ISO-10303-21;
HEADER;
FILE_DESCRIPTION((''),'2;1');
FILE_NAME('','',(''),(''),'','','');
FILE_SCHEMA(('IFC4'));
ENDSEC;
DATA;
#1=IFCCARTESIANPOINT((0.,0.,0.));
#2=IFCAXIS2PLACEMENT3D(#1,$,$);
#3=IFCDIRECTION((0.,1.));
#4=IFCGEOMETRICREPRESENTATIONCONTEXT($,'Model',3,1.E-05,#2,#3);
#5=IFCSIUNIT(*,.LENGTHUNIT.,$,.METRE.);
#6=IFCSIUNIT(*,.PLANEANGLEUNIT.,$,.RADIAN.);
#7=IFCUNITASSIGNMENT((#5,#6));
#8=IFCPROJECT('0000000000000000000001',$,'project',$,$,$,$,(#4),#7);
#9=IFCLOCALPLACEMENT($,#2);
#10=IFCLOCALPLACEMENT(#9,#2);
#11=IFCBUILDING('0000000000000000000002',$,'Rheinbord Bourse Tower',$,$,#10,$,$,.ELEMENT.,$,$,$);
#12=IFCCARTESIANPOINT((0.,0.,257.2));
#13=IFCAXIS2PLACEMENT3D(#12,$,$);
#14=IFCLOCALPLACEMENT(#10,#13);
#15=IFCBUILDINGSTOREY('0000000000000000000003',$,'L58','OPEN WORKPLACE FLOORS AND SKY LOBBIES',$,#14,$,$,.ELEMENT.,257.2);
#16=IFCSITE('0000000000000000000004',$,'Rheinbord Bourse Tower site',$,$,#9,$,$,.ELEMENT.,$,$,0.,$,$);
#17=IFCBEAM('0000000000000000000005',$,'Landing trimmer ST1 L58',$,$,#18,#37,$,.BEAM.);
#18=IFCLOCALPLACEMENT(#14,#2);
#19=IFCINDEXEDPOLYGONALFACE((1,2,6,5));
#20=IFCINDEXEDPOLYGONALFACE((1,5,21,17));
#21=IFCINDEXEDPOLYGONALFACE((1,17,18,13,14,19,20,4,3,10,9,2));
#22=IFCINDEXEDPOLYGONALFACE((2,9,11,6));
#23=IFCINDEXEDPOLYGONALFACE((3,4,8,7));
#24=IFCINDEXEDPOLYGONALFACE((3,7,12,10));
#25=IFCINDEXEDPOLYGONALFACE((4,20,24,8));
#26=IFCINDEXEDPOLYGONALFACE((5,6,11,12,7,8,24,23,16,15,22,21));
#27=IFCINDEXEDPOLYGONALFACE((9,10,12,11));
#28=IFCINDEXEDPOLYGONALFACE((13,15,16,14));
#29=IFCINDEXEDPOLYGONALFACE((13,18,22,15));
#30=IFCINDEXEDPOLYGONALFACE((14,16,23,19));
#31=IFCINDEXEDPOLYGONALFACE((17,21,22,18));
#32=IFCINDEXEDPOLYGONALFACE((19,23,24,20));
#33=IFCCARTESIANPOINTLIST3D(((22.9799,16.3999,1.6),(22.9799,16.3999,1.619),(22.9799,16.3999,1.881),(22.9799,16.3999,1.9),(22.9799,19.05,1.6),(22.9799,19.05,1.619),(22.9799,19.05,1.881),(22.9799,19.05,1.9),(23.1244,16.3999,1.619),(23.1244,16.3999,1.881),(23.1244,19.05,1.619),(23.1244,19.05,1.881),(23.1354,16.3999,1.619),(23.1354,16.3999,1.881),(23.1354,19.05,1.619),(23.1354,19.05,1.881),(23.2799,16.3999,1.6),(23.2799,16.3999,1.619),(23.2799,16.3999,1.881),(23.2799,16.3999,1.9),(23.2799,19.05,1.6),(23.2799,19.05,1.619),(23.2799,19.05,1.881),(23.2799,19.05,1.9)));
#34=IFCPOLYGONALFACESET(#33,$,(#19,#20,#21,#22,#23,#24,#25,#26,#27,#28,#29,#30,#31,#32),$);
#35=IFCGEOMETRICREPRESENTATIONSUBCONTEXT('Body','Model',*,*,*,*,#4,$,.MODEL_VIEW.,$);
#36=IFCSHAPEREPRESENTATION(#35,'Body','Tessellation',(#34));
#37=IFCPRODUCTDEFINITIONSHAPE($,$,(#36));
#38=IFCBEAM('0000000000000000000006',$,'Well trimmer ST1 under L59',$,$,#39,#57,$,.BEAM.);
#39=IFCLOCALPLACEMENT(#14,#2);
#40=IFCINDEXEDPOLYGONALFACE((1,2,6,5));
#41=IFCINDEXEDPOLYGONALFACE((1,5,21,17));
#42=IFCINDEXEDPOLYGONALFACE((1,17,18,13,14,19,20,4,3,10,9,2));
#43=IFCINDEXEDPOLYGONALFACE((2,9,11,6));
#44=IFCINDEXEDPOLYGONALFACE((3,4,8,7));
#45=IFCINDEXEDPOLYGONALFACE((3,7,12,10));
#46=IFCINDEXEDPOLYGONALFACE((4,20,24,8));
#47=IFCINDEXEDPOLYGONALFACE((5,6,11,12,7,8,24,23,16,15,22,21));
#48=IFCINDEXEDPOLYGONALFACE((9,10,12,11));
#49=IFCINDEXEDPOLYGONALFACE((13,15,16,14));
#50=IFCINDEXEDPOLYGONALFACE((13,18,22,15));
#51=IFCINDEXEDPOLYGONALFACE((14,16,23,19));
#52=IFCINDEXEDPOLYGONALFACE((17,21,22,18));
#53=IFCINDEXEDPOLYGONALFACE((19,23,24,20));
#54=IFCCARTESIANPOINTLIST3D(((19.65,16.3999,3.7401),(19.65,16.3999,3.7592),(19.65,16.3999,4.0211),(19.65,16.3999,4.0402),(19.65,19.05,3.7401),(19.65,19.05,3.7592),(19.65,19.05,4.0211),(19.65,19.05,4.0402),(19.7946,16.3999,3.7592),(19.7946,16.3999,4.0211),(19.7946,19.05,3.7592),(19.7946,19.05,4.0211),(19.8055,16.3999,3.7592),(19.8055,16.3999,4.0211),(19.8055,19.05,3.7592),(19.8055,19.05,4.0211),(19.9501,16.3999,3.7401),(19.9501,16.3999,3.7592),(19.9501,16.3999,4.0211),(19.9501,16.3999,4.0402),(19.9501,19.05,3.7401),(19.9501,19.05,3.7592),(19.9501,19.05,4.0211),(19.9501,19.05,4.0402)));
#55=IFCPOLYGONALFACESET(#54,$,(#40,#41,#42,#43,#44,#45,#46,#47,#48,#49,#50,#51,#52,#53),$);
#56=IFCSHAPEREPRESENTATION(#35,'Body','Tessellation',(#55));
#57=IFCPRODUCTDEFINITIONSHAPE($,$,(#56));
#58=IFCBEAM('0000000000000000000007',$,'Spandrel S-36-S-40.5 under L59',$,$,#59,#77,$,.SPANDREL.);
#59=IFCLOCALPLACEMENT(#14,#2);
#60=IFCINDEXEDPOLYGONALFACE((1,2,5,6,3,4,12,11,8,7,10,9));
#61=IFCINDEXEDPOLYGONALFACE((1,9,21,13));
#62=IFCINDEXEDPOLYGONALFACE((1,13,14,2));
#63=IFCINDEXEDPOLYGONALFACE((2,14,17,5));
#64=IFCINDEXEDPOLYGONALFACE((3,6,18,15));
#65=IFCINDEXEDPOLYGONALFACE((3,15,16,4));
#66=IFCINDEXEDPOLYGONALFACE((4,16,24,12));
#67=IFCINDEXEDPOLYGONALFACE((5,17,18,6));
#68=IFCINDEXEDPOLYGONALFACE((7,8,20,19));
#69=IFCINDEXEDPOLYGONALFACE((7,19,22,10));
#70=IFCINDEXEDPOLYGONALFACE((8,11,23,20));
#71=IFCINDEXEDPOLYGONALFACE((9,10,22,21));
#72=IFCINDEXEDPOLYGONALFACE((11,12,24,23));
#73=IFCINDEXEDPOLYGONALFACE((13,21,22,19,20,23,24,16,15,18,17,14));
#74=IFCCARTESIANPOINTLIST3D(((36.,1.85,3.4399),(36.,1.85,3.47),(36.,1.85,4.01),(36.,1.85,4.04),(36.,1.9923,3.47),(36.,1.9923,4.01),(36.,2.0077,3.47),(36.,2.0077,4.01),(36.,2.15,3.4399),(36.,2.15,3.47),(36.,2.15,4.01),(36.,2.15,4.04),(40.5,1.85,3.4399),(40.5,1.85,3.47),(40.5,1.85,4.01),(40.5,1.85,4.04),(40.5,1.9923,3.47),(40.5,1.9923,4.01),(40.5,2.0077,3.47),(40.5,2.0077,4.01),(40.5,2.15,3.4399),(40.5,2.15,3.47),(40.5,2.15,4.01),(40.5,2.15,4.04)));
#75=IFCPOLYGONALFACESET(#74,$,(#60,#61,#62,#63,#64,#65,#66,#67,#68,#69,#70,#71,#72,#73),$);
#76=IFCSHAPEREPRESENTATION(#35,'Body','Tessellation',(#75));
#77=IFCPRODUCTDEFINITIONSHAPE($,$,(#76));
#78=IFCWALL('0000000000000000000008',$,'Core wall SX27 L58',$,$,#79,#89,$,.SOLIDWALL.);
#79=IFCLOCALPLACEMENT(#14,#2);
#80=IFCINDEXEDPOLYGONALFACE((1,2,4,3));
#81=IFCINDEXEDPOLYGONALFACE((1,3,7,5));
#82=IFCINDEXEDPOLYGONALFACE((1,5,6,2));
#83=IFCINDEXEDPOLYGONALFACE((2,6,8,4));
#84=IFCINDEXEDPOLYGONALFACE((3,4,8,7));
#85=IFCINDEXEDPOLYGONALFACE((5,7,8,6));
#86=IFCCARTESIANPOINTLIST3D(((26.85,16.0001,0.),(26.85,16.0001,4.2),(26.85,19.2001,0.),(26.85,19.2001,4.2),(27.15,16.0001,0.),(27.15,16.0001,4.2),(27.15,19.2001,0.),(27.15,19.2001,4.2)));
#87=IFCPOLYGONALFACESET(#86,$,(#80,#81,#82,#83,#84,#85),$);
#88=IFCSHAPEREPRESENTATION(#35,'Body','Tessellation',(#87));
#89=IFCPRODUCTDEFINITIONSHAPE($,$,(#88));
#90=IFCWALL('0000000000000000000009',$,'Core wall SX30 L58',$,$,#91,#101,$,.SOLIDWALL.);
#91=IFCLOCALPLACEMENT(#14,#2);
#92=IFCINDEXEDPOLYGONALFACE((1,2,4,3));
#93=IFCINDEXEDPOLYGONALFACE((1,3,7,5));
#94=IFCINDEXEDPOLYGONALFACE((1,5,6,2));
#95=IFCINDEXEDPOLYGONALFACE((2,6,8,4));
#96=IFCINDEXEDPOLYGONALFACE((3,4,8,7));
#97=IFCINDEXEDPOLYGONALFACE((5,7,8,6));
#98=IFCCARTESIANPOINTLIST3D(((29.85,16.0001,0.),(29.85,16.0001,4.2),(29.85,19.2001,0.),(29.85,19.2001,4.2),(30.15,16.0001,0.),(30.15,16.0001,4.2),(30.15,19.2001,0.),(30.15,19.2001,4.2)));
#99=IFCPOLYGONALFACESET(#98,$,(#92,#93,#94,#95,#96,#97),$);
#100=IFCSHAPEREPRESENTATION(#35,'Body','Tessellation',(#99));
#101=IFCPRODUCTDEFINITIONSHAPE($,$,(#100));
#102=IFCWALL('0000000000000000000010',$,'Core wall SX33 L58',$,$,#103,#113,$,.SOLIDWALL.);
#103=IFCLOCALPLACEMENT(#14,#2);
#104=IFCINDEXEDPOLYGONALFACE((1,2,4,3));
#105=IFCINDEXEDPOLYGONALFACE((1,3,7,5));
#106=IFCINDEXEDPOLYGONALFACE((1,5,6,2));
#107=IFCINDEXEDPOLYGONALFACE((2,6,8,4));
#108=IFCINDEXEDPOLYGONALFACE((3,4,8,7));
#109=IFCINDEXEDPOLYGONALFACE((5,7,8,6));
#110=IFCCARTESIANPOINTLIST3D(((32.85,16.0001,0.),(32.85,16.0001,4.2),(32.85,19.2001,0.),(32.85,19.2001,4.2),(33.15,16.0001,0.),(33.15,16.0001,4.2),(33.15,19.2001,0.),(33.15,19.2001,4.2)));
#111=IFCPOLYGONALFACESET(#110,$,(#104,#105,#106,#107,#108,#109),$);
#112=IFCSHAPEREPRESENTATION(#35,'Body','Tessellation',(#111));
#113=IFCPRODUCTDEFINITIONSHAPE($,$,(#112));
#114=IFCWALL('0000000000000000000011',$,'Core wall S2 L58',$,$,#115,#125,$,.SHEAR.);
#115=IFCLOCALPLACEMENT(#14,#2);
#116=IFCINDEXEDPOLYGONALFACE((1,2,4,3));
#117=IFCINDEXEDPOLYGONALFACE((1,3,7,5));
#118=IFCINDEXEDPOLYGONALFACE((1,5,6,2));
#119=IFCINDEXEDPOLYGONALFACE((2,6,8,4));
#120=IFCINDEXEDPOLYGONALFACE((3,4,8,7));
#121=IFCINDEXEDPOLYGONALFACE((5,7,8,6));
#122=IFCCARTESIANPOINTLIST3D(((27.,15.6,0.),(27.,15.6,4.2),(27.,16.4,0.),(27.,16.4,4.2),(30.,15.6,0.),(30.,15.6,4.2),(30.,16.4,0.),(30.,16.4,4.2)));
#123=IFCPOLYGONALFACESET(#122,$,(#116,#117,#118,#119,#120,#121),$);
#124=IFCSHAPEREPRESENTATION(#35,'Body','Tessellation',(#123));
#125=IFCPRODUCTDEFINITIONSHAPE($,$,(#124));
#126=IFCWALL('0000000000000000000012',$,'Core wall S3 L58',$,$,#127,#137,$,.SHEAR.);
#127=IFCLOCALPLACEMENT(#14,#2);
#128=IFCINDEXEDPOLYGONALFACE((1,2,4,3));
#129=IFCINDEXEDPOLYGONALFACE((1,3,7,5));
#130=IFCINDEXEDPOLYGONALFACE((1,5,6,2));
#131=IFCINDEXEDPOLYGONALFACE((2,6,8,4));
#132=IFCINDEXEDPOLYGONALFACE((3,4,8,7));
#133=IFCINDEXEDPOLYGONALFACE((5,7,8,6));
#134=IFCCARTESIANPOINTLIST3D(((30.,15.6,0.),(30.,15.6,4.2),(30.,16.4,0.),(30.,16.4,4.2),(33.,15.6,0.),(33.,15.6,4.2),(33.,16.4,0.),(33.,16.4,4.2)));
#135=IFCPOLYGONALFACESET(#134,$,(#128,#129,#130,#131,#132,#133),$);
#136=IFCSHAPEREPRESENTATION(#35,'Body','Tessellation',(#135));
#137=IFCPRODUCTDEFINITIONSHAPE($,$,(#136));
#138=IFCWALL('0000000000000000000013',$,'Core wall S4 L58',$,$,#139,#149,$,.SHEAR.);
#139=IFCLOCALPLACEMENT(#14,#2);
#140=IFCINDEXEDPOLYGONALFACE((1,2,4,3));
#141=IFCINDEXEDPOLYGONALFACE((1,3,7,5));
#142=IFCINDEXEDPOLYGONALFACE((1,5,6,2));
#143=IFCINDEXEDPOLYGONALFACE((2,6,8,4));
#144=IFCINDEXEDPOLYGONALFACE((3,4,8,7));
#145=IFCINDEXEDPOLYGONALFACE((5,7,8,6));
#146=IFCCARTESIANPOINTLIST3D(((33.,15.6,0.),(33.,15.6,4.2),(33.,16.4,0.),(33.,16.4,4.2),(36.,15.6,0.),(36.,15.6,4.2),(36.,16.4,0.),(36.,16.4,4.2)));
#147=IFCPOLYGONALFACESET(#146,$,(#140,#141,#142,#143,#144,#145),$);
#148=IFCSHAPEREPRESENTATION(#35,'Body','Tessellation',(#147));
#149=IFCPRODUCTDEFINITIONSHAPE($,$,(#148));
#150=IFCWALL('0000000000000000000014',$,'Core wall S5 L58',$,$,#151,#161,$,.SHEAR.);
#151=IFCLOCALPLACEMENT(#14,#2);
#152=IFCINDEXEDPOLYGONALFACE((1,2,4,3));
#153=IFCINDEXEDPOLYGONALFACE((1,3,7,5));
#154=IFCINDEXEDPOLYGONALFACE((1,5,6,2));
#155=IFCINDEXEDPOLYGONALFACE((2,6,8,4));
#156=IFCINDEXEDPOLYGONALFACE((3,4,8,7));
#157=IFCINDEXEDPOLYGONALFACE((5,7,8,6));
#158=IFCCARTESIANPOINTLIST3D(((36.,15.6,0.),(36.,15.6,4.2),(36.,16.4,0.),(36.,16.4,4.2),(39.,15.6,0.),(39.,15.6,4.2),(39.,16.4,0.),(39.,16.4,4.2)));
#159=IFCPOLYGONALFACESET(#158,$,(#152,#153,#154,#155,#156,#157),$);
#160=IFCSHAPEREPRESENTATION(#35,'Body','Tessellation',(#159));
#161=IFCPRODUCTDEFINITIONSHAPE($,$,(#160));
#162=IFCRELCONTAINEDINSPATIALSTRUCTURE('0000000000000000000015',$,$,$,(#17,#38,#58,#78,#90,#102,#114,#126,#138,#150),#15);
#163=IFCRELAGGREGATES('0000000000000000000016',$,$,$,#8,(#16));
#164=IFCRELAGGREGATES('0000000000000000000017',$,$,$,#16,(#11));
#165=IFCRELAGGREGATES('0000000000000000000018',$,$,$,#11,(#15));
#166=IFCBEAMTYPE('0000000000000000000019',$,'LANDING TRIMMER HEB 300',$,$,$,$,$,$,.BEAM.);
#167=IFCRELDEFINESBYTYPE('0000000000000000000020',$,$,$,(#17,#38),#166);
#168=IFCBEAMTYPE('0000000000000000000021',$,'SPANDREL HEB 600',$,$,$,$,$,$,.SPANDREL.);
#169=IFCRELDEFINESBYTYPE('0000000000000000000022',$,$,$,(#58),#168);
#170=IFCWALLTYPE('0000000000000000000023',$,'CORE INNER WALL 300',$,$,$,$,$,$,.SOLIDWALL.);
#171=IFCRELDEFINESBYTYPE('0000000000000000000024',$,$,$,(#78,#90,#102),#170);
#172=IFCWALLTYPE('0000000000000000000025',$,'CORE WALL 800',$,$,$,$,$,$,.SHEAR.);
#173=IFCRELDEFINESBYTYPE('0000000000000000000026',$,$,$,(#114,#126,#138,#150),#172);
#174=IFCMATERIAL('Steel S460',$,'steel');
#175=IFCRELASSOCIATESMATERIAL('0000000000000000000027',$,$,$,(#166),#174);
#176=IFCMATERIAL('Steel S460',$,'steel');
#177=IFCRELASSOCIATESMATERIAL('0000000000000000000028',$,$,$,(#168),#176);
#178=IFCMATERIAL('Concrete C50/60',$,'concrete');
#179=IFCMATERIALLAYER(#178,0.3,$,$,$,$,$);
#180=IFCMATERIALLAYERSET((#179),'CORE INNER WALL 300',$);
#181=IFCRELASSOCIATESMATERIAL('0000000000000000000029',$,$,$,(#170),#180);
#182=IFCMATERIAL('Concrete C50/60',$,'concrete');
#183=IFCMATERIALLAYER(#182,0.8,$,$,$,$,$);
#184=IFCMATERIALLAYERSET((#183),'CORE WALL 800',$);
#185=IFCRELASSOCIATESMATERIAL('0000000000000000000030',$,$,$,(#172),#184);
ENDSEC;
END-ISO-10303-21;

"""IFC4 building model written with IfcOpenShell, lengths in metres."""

from ifc_helpers import new_model, si_unit, direction, frame, frame_2d, origin, origin_2d, place, context, subcontext, project, spatial, rectangle, i_section, extrude, material, layer, layer_set, material_profile, profile_set, type_object, element, save


model = new_model("IFC4")

# Units and contexts
model_context = context("Model", 3, precision=1e-05, world=origin(), true_north=direction((0.0, 1.0)))
body_context = subcontext(model_context, "Body", "Model", "MODEL_VIEW")
ifc_project = project(units=[si_unit("LENGTHUNIT", "METRE"), si_unit("PLANEANGLEUNIT", "RADIAN")], contexts=[model_context])

# Site, building, storey
site_placement = place(None, origin())
site = spatial("IfcSite", under=ifc_project, at=site_placement, Name="Rheinbord Bourse Tower site", CompositionType="ELEMENT", RefElevation=0.0)
building_placement = place(site_placement, origin())
building = spatial("IfcBuilding", under=site, at=building_placement, Name="Rheinbord Bourse Tower", CompositionType="ELEMENT")
storey_placement = place(building_placement, frame((0.0, 0.0, 257.2)))
storey = spatial("IfcBuildingStorey", under=building, at=storey_placement, Name="L58", Description="OPEN WORKPLACE FLOORS AND SKY LOBBIES", CompositionType="ELEMENT", Elevation=257.2)

# Beams
ifc_material_1 = material(Name="Steel S460", Category="steel")
ifc_material_profile_1 = material_profile(ifc_material_1, i_section(OverallWidth=0.3, OverallDepth=0.3, WebThickness=0.011, FlangeThickness=0.019, at=origin_2d()), Name="HEB 300")
ifc_profile_set_1 = profile_set([ifc_material_profile_1], Name="Steel S460")
beam_type_1 = type_object("IfcBeamType", Name="LANDING TRIMMER HEB 300", PredefinedType="BEAM", material=ifc_profile_set_1)
for number, where, z_axis, x_axis, name in (
    (1, (23.1299, 16.3999, 1.75), (0.0, 1.0, 0.0), (-1.0, 0.0, 0.0), "Landing trimmer ST1 L58"),
    (2, (19.8, 16.3999, 3.8901), (0.0, 1.0, 0.0), (-1.0, 0.0, 0.0), "Well trimmer ST1 under L59"),
):
    element("IfcBeam", number, at=place(storey_placement, frame(where, z_axis=z_axis, x_axis=x_axis)), inside=storey, type_object=beam_type_1, Name=name, PredefinedType="BEAM", context=body_context, shape_type="SweptSolid", body=[
        extrude(i_section(OverallWidth=0.3, OverallDepth=0.3, WebThickness=0.011, FlangeThickness=0.019, at=origin_2d()), origin(), (0.0, 0.0, 1.0), 2.6501),
    ])
ifc_material_2 = material(Name="Steel S460", Category="steel")
ifc_material_profile_2 = material_profile(ifc_material_2, i_section(OverallWidth=0.3, OverallDepth=0.6001, WebThickness=0.0154, FlangeThickness=0.03, at=origin_2d()), Name="HEB 600")
ifc_profile_set_2 = profile_set([ifc_material_profile_2], Name="Steel S460")
beam_type_2 = type_object("IfcBeamType", Name="SPANDREL HEB 600", PredefinedType="SPANDREL", material=ifc_profile_set_2)
beam_placement = place(storey_placement, frame((36.0, 2.0, 3.74), z_axis=(1.0, 0.0, 0.0), x_axis=(0.0, 1.0, 0.0)))
element("IfcBeam", 3, at=beam_placement, inside=storey, type_object=beam_type_2, Name="Spandrel S-36-S-40.5 under L59", PredefinedType="SPANDREL", context=body_context, shape_type="SweptSolid", body=[
    extrude(i_section(OverallWidth=0.3, OverallDepth=0.6001, WebThickness=0.0154, FlangeThickness=0.03, at=origin_2d()), origin(), (0.0, 0.0, 1.0), 4.5),
])

# Walls
ifc_material_3 = material(Name="Concrete C50/60", Category="concrete")
ifc_layer_1 = layer(ifc_material_3, 0.3)
ifc_layer_set_1 = layer_set([ifc_layer_1], Name="CORE INNER WALL 300")
wall_type_1 = type_object("IfcWallType", Name="CORE INNER WALL 300", PredefinedType="SOLIDWALL", material=ifc_layer_set_1)
for number, where, z_axis, x_axis, name in (
    (4, (27.0, 16.0, 0.0), (0.0, 0.0, 1.0), (0.0, 1.0, 0.0), "Core wall SX27 L58"),
    (5, (30.0, 16.0, 0.0), (0.0, 0.0, 1.0), (0.0, 1.0, 0.0), "Core wall SX30 L58"),
    (6, (33.0, 16.0, 0.0), (0.0, 0.0, 1.0), (0.0, 1.0, 0.0), "Core wall SX33 L58"),
):
    element("IfcWall", number, at=place(storey_placement, frame(where, z_axis=z_axis, x_axis=x_axis)), inside=storey, type_object=wall_type_1, Name=name, PredefinedType="SOLIDWALL", context=body_context, shape_type="SweptSolid", body=[
        extrude(rectangle(XDim=3.2, YDim=0.3, at=frame_2d((1.6001, 0.0))), origin(), (0.0, 0.0, 1.0), 4.2),
    ])
ifc_material_4 = material(Name="Concrete C50/60", Category="concrete")
ifc_layer_2 = layer(ifc_material_4, 0.8)
ifc_layer_set_2 = layer_set([ifc_layer_2], Name="CORE WALL 800")
wall_type_2 = type_object("IfcWallType", Name="CORE WALL 800", PredefinedType="SHEAR", material=ifc_layer_set_2)
for number, where, z_axis, x_axis, name in (
    (7, (27.0, 16.0, 0.0), (0.0, 0.0, 1.0), (1.0, 0.0, 0.0), "Core wall S2 L58"),
    (8, (30.0, 16.0, 0.0), (0.0, 0.0, 1.0), (1.0, 0.0, 0.0), "Core wall S3 L58"),
    (9, (33.0, 16.0, 0.0), (0.0, 0.0, 1.0), (1.0, 0.0, 0.0), "Core wall S4 L58"),
    (10, (36.0, 16.0, 0.0), (0.0, 0.0, 1.0), (1.0, 0.0, 0.0), "Core wall S5 L58"),
):
    element("IfcWall", number, at=place(storey_placement, frame(where, z_axis=z_axis, x_axis=x_axis)), inside=storey, type_object=wall_type_2, Name=name, PredefinedType="SHEAR", context=body_context, shape_type="SweptSolid", body=[
        extrude(rectangle(XDim=3.0, YDim=0.8, at=frame_2d((1.5, 0.0))), origin(), (0.0, 0.0, 1.0), 4.2),
    ])

save(model, "model.ifc")
